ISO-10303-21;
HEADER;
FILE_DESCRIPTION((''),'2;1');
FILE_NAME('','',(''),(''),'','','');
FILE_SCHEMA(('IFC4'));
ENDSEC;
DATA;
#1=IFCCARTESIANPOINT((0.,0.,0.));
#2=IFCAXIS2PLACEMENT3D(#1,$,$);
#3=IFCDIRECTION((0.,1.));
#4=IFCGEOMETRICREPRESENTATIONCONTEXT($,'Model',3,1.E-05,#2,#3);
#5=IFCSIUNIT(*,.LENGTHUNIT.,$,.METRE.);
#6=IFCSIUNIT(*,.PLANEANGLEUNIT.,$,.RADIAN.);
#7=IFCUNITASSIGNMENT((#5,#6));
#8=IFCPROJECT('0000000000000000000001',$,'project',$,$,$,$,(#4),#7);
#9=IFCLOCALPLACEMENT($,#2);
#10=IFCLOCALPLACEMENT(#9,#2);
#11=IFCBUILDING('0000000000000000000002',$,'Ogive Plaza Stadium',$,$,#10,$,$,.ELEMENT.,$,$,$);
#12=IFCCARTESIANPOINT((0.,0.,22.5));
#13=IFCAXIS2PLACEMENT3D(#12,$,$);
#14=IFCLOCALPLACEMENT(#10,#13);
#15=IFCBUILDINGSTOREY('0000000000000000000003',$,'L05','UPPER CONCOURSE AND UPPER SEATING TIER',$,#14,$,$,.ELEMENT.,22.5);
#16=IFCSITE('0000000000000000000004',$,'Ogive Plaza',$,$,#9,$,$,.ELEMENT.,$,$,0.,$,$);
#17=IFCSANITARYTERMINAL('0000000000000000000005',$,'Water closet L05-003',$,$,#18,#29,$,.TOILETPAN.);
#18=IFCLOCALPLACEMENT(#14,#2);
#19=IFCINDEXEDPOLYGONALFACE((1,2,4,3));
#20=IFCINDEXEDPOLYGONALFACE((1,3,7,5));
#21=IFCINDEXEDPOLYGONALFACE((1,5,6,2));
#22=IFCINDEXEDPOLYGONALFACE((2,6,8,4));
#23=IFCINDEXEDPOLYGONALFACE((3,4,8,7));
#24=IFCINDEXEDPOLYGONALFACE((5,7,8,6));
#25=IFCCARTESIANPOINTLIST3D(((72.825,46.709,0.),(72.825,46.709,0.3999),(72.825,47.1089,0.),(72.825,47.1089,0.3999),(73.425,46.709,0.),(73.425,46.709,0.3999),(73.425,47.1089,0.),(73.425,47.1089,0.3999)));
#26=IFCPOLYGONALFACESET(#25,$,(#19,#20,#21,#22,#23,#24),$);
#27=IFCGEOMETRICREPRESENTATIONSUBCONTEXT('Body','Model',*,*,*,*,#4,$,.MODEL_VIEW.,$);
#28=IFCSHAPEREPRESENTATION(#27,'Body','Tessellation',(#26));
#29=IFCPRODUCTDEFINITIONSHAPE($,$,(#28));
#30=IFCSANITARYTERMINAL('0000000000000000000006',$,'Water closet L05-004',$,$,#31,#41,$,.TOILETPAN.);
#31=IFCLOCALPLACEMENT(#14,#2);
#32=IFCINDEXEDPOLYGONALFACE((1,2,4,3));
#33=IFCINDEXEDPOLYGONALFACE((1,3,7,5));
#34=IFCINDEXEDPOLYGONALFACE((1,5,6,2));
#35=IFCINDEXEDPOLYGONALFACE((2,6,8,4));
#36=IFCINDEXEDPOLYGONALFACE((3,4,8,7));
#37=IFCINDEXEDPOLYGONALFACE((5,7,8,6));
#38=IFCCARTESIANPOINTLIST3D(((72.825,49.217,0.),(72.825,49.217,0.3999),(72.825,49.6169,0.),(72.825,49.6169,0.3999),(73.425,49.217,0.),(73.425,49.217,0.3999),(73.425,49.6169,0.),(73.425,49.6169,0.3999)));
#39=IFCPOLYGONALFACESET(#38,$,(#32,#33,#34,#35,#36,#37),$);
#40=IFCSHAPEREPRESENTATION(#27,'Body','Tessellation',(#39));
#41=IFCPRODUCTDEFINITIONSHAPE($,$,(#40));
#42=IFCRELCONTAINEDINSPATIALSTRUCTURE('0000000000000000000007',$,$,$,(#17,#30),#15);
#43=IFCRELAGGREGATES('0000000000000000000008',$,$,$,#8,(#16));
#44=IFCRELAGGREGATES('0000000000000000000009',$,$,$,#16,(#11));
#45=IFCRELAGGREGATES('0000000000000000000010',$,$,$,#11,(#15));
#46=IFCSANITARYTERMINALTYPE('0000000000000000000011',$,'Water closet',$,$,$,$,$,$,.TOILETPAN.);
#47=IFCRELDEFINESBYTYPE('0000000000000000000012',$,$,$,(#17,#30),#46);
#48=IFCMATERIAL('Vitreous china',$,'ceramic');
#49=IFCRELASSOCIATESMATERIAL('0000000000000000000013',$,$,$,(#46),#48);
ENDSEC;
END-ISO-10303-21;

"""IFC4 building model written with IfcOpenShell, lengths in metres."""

from ifc_helpers import new_model, si_unit, direction, frame, origin, origin_2d, place, context, subcontext, project, spatial, rectangle, extrude, material, type_object, element, save


model = new_model("IFC4")

# Units and contexts
model_context = context("Model", 3, precision=1e-05, world=origin(), true_north=direction((0.0, 1.0)))
body_context = subcontext(model_context, "Body", "Model", "MODEL_VIEW")
ifc_project = project(units=[si_unit("LENGTHUNIT", "METRE"), si_unit("PLANEANGLEUNIT", "RADIAN")], contexts=[model_context])

# Site, building, storey
site_placement = place(None, origin())
site = spatial("IfcSite", under=ifc_project, at=site_placement, Name="Ogive Plaza", CompositionType="ELEMENT", RefElevation=0.0)
building_placement = place(site_placement, origin())
building = spatial("IfcBuilding", under=site, at=building_placement, Name="Ogive Plaza Stadium", CompositionType="ELEMENT")
storey_placement = place(building_placement, frame((0.0, 0.0, 22.5)))
storey = spatial("IfcBuildingStorey", under=building, at=storey_placement, Name="L05", Description="UPPER CONCOURSE AND UPPER SEATING TIER", CompositionType="ELEMENT", Elevation=22.5)

# Sanitary terminals
ifc_material_1 = material(Name="Vitreous china", Category="ceramic")
sanitary_terminal_type_1 = type_object("IfcSanitaryTerminalType", Name="Water closet", PredefinedType="TOILETPAN", material=ifc_material_1)
for number, where, z_axis, x_axis, name in (
    (1, (73.125, 46.9089, 0.0), (0.0, 0.0, 1.0), (0.0, 1.0, 0.0), "Water closet L05-003"),
    (2, (73.125, 49.417, 0.0), (0.0, 0.0, 1.0), (0.0, 1.0, 0.0), "Water closet L05-004"),
):
    element("IfcSanitaryTerminal", number, at=place(storey_placement, frame(where, z_axis=z_axis, x_axis=x_axis)), inside=storey, type_object=sanitary_terminal_type_1, Name=name, PredefinedType="TOILETPAN", context=body_context, shape_type="SweptSolid", body=[
        extrude(rectangle(XDim=0.3999, YDim=0.6001, at=origin_2d()), origin(), (0.0, 0.0, 1.0), 0.3999),
    ])

save(model, "model.ifc")
